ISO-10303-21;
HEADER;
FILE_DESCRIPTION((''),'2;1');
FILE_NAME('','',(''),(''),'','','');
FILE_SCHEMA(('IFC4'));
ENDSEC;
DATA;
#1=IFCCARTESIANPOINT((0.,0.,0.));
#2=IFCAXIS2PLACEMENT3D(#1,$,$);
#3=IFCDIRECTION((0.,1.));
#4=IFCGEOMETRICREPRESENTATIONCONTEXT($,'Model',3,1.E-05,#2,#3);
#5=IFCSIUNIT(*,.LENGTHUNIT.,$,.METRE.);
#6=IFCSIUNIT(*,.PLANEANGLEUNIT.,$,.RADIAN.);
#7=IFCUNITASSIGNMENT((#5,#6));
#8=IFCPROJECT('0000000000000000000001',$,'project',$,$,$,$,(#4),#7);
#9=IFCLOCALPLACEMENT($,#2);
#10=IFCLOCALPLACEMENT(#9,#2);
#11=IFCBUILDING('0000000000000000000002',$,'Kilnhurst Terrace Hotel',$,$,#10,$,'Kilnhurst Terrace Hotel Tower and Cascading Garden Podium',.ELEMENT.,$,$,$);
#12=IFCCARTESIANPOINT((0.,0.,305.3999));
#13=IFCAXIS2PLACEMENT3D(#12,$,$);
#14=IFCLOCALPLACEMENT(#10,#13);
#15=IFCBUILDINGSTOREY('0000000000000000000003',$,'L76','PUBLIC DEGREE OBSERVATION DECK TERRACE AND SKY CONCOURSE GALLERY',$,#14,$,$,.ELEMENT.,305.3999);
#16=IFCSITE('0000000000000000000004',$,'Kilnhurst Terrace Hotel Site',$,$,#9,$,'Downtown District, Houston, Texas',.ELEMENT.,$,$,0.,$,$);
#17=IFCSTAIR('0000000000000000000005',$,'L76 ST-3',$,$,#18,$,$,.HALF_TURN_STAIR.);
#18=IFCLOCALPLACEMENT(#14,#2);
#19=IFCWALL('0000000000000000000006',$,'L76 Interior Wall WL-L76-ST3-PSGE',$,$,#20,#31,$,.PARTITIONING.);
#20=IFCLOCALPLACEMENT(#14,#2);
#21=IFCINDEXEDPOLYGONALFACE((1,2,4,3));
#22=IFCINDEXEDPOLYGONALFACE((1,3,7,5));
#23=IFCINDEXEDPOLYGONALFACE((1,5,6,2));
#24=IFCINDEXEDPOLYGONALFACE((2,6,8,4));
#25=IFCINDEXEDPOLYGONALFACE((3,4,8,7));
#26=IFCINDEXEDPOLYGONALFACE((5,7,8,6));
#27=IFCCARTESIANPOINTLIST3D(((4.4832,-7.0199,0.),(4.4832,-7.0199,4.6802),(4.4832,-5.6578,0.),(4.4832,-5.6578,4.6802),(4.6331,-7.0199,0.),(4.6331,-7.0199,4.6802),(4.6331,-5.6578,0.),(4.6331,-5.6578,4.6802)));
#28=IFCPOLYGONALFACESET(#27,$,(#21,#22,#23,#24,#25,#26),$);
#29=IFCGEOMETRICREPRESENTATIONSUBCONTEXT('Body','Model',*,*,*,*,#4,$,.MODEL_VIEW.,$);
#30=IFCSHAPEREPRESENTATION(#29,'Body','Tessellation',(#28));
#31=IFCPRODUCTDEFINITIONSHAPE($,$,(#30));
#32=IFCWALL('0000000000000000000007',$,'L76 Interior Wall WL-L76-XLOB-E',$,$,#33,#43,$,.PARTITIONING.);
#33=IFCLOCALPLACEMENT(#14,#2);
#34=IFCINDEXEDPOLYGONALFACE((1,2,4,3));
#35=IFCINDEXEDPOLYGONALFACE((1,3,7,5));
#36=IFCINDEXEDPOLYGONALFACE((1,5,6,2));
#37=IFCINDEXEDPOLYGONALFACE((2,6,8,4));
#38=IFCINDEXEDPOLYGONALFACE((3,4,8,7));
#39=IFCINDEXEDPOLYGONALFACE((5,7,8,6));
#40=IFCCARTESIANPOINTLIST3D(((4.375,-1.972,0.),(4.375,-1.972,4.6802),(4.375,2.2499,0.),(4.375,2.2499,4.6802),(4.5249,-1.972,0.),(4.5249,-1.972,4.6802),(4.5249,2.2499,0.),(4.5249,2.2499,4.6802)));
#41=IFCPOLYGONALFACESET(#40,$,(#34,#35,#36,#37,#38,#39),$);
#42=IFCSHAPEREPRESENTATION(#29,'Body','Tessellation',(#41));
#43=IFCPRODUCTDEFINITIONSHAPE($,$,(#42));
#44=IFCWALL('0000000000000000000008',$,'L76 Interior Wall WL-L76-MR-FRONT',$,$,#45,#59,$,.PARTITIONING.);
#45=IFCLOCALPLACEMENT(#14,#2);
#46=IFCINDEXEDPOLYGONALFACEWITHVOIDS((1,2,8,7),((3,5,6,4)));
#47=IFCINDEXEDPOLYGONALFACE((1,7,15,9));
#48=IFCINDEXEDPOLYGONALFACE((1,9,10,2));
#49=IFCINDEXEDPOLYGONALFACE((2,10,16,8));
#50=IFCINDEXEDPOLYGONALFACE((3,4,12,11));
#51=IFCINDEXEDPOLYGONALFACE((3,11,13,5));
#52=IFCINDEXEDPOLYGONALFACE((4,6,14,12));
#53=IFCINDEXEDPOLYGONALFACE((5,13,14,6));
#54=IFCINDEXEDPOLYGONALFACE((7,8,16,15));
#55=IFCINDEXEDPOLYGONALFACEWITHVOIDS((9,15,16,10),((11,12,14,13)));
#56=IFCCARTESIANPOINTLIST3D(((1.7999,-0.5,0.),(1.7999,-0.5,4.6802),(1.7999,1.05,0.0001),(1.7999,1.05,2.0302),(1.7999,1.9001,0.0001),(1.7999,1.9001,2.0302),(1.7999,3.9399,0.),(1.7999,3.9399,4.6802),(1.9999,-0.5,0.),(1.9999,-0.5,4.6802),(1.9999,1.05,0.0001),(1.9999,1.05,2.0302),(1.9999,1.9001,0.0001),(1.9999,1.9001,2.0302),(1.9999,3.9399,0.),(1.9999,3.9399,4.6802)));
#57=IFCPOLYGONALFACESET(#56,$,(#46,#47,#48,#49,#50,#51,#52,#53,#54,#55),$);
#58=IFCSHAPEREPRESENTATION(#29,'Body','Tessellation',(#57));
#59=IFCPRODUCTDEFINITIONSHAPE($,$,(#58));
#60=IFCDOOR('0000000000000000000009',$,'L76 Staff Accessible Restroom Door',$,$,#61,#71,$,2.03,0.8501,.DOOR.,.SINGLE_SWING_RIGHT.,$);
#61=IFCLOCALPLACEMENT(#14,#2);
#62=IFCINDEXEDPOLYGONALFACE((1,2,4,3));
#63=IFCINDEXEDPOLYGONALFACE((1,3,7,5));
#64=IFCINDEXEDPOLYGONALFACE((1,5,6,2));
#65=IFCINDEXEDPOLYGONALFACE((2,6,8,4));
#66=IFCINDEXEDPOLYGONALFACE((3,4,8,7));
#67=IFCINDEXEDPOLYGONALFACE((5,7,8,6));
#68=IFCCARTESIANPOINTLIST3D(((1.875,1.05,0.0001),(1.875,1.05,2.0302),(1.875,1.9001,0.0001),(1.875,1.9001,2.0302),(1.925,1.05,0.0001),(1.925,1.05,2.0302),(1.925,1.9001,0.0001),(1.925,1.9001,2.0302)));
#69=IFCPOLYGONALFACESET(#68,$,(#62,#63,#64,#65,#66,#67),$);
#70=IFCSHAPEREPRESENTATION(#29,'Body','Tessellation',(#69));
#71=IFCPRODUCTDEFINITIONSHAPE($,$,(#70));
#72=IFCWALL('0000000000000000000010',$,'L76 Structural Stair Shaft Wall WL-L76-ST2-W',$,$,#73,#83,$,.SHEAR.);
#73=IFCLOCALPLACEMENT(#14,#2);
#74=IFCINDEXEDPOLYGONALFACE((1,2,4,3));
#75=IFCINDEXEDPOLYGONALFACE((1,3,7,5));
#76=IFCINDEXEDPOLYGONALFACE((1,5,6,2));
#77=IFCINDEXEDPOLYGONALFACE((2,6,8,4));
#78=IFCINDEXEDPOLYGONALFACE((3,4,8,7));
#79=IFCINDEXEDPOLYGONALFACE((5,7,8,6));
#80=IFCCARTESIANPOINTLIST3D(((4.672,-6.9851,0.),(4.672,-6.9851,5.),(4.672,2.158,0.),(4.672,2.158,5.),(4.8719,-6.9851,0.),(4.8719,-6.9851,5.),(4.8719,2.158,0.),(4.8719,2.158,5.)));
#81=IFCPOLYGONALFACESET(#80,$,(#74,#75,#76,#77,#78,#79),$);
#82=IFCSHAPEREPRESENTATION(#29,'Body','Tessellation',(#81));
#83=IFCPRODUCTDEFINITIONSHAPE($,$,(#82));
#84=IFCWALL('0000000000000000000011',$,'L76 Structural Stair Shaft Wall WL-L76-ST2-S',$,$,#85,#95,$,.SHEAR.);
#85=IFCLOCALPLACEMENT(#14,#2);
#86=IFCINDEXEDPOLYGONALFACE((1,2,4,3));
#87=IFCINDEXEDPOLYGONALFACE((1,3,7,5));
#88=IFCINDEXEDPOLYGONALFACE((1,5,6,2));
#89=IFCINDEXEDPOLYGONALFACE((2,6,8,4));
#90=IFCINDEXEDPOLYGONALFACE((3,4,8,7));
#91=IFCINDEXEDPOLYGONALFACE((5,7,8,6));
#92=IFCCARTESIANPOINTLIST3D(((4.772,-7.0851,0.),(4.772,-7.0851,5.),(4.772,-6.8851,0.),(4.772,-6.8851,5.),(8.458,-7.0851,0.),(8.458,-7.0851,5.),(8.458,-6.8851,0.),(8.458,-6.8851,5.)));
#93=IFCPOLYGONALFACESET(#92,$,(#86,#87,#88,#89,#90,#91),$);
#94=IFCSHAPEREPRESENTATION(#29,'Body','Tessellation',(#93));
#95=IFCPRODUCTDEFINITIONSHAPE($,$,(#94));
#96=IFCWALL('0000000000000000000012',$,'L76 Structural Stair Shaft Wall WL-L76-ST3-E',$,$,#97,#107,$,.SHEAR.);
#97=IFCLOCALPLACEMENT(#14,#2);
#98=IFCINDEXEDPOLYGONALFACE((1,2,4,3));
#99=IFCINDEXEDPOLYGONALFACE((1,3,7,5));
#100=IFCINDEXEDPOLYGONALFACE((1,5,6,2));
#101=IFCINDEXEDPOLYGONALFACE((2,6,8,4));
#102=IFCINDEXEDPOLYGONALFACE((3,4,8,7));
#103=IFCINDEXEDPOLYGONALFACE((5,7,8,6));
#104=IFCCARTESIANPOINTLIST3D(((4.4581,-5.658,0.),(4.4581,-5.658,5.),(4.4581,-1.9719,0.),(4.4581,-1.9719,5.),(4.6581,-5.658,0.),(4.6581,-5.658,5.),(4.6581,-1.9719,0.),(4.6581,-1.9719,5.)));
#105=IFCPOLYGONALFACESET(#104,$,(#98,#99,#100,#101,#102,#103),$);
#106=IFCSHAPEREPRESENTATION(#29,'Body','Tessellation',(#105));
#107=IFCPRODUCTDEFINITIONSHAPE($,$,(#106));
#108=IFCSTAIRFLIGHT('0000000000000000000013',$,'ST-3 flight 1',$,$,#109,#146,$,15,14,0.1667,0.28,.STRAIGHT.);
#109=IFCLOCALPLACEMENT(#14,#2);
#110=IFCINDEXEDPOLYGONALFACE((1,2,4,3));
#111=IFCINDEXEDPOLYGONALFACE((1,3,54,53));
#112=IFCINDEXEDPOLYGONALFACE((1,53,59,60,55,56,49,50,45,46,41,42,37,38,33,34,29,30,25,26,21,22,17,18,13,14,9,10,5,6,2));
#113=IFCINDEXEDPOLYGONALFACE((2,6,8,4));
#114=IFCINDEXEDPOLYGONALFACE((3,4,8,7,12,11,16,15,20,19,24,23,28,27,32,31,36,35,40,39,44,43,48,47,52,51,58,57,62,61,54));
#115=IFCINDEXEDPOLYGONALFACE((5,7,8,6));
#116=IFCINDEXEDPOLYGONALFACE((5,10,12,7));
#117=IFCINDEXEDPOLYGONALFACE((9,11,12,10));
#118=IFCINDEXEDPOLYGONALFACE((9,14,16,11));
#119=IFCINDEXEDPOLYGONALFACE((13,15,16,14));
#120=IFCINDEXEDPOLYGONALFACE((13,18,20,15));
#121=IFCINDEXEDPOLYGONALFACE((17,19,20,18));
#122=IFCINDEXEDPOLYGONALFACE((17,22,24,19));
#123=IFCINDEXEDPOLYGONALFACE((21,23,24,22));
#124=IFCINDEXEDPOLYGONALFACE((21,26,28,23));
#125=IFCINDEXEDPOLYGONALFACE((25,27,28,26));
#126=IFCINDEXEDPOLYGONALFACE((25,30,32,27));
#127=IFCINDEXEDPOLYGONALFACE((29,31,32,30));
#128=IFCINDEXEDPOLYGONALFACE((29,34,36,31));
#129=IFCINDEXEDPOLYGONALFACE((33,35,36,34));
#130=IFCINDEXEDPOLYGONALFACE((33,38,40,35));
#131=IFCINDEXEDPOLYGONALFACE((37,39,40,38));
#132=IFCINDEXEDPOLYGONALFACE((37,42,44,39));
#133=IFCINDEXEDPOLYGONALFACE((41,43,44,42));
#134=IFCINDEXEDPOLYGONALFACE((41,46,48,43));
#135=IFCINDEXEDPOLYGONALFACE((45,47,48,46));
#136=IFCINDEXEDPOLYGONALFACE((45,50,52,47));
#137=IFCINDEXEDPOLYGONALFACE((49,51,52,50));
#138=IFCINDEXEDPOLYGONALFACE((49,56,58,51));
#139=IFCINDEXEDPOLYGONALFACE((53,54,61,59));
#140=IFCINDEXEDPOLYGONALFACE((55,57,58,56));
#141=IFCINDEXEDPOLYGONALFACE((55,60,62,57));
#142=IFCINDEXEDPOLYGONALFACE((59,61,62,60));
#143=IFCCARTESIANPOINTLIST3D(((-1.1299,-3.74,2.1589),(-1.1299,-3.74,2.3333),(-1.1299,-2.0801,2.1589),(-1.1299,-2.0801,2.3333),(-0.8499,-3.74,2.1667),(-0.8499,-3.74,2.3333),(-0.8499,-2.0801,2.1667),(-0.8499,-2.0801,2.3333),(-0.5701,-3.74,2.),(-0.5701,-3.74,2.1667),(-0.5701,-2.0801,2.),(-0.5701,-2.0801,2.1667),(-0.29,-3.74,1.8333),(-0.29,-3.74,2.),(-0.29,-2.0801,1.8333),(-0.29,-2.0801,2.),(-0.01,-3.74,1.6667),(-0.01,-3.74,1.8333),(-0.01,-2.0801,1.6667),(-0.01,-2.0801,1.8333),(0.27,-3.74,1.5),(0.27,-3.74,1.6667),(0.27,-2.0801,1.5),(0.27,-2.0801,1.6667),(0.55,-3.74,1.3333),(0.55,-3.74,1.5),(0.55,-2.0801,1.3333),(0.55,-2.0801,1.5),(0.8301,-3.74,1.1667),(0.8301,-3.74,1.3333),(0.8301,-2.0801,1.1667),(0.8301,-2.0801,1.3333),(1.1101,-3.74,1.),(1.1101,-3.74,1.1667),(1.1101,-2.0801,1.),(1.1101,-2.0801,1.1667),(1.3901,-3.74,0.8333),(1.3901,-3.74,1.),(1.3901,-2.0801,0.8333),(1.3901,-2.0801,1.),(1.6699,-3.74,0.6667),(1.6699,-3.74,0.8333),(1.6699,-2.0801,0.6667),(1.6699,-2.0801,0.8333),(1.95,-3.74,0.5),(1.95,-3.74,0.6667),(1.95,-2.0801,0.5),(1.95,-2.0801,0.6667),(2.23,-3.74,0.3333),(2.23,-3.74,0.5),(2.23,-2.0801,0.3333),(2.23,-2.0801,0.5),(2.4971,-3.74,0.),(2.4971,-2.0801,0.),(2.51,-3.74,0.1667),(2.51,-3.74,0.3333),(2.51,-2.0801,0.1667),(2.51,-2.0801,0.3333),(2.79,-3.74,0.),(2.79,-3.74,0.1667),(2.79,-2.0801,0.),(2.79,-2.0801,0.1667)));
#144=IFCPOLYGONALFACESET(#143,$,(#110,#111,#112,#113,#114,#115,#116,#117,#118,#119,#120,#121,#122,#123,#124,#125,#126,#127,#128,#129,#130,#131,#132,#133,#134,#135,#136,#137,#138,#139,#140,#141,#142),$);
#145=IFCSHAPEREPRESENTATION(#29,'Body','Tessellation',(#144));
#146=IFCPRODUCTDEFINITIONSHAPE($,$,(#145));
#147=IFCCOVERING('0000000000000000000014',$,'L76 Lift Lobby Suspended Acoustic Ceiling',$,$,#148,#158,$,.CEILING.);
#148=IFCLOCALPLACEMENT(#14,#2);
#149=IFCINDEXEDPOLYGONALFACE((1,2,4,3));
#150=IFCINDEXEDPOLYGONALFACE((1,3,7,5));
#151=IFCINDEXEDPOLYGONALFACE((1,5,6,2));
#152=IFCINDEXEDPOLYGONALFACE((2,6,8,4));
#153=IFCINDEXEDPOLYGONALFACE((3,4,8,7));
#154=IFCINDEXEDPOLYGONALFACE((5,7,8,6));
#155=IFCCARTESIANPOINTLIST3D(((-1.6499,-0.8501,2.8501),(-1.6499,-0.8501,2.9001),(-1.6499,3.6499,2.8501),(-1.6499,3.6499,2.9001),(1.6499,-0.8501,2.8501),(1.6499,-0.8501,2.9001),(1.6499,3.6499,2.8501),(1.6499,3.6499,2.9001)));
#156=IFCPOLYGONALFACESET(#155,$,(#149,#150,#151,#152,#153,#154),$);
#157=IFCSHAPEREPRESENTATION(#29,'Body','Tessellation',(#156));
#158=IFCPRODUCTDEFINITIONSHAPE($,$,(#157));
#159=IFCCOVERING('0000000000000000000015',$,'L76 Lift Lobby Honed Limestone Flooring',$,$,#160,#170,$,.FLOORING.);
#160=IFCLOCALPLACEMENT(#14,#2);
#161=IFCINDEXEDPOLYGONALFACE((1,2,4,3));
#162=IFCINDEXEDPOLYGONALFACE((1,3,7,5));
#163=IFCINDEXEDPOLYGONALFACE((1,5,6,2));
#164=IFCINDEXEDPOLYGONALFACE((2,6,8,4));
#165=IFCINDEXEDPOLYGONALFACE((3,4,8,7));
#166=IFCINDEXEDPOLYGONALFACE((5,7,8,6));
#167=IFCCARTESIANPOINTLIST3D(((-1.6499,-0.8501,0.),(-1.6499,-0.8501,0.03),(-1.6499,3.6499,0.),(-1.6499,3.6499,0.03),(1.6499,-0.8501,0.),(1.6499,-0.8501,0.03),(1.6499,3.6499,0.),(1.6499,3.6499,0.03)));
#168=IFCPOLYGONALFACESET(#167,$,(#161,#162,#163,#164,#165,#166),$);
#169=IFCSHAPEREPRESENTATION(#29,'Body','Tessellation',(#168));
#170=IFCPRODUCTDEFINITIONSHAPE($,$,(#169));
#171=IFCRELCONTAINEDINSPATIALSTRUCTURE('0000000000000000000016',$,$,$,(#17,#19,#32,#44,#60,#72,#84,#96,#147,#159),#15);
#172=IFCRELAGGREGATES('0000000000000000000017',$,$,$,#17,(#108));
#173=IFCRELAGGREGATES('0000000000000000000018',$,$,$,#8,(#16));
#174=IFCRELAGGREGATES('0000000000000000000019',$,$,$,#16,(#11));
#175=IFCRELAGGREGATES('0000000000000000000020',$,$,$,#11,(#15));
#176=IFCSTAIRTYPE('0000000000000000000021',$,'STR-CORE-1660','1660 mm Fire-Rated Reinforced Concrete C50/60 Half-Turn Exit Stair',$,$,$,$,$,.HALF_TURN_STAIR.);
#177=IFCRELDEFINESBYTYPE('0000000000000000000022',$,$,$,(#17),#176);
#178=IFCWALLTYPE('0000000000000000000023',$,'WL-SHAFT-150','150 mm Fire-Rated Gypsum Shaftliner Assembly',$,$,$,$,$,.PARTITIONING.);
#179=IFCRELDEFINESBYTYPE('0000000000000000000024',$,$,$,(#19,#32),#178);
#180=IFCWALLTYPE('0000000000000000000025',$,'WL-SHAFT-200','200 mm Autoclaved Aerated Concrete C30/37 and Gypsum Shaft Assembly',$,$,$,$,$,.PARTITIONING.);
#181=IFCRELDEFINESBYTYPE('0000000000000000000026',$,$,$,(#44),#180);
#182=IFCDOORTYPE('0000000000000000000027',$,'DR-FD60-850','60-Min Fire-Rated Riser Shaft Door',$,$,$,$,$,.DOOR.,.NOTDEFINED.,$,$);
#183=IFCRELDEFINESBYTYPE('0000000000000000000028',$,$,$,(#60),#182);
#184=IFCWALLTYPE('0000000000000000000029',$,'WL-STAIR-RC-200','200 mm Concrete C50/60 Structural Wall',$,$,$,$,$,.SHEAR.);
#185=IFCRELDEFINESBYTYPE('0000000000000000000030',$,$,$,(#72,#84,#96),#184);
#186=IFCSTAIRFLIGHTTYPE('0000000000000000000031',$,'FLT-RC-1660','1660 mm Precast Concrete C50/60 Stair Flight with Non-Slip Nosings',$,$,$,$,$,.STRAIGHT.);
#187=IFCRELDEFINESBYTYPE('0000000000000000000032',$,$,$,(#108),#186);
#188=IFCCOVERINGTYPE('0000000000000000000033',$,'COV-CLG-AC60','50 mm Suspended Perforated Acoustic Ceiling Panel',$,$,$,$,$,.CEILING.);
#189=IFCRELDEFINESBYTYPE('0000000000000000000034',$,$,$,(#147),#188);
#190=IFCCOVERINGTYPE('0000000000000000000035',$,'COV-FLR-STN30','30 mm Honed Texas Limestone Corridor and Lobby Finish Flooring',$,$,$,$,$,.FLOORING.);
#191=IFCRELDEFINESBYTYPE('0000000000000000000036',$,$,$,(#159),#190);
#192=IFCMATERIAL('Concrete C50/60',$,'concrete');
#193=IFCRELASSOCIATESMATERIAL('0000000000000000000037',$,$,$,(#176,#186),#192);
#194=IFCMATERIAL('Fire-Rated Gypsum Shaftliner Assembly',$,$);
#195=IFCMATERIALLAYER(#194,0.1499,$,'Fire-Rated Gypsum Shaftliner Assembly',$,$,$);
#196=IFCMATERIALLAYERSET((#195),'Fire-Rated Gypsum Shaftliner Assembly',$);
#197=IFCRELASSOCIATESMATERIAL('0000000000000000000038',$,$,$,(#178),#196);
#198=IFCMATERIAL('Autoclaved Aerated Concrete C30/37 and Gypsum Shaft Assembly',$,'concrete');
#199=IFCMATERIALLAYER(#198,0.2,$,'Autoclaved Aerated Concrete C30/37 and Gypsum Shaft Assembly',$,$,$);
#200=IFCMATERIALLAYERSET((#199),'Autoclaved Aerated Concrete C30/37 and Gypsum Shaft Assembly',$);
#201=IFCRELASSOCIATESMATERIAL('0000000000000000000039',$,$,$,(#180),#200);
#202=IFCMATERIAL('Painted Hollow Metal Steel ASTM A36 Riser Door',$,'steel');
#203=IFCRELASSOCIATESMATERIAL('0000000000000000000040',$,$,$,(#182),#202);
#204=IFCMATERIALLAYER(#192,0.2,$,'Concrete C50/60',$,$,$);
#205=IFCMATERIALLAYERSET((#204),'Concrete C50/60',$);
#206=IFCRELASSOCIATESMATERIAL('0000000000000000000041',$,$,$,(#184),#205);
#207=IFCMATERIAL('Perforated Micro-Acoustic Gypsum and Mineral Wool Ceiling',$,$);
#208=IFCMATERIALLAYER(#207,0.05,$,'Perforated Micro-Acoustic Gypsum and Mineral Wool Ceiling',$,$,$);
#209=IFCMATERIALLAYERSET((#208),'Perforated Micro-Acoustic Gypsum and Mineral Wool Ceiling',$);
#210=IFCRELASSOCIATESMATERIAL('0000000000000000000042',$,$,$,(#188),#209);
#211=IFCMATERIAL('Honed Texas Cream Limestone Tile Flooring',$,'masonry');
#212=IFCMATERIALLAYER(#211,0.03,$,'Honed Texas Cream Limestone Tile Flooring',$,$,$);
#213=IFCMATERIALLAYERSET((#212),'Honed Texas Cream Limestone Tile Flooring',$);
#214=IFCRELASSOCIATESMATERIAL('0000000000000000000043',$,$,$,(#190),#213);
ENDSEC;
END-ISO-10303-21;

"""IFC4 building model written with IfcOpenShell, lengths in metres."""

from ifc_helpers import new_model, si_unit, direction, frame, frame_2d, origin, place, context, subcontext, project, spatial, polyline, rectangle, outline, extrude, material, layer, layer_set, type_object, element, fill, aggregate, save


model = new_model("IFC4")

# Units and contexts
model_context = context("Model", 3, precision=1e-05, world=origin(), true_north=direction((0.0, 1.0)))
body_context = subcontext(model_context, "Body", "Model", "MODEL_VIEW")
ifc_project = project(units=[si_unit("LENGTHUNIT", "METRE"), si_unit("PLANEANGLEUNIT", "RADIAN")], contexts=[model_context])

# Site, building, storey
site_placement = place(None, origin())
site = spatial("IfcSite", under=ifc_project, at=site_placement, Name="Kilnhurst Terrace Hotel Site", LongName="Downtown District, Houston, Texas", CompositionType="ELEMENT", RefElevation=0.0)
building_placement = place(site_placement, origin())
building = spatial("IfcBuilding", under=site, at=building_placement, Name="Kilnhurst Terrace Hotel", LongName="Kilnhurst Terrace Hotel Tower and Cascading Garden Podium", CompositionType="ELEMENT")
storey_placement = place(building_placement, frame((0.0, 0.0, 305.3999)))
storey = spatial("IfcBuildingStorey", under=building, at=storey_placement, Name="L76", Description="PUBLIC DEGREE OBSERVATION DECK TERRACE AND SKY CONCOURSE GALLERY", CompositionType="ELEMENT", Elevation=305.3999)

# Shared definitions
ifc_material_1 = material(Name="Concrete C50/60", Category="concrete")

# Stair
stair_type = type_object("IfcStairType", Name="STR-CORE-1660", Description="1660 mm Fire-Rated Reinforced Concrete C50/60 Half-Turn Exit Stair", PredefinedType="HALF_TURN_STAIR", material=ifc_material_1)
stair_1_placement = place(storey_placement, origin())
stair_1 = element("IfcStair", 1, at=stair_1_placement, inside=storey, type_object=stair_type, Name="L76 ST-3", PredefinedType="HALF_TURN_STAIR")

# Walls
ifc_material_2 = material(Name="Fire-Rated Gypsum Shaftliner Assembly")
ifc_layer_1 = layer(ifc_material_2, 0.1499, Name="Fire-Rated Gypsum Shaftliner Assembly")
ifc_layer_set_1 = layer_set([ifc_layer_1], Name="Fire-Rated Gypsum Shaftliner Assembly")
wall_type_1 = type_object("IfcWallType", Name="WL-SHAFT-150", Description="150 mm Fire-Rated Gypsum Shaftliner Assembly", PredefinedType="PARTITIONING", material=ifc_layer_set_1)
wall_1_placement = place(storey_placement, frame((4.5581, -7.02, 0.0), z_axis=(0.0, 0.0, 1.0), x_axis=(0.0, 1.0, 0.0)))
element("IfcWall", 2, at=wall_1_placement, inside=storey, type_object=wall_type_1, Name="L76 Interior Wall WL-L76-ST3-PSGE", PredefinedType="PARTITIONING", context=body_context, shape_type="SweptSolid", body=[
    extrude(rectangle(XDim=1.3621, YDim=0.1499, at=frame_2d((0.6812, 0.0))), origin(), (0.0, 0.0, 1.0), 4.6802),
])
wall_2_placement = place(storey_placement, frame((4.45, -1.9719, 0.0), z_axis=(0.0, 0.0, 1.0), x_axis=(0.0, 1.0, 0.0)))
element("IfcWall", 3, at=wall_2_placement, inside=storey, type_object=wall_type_1, Name="L76 Interior Wall WL-L76-XLOB-E", PredefinedType="PARTITIONING", context=body_context, shape_type="SweptSolid", body=[
    extrude(rectangle(XDim=4.2219, YDim=0.1499, at=frame_2d((2.1108, 0.0))), origin(), (0.0, 0.0, 1.0), 4.6802),
])

# Wall, opening, door
ifc_material_3 = material(Name="Autoclaved Aerated Concrete C30/37 and Gypsum Shaft Assembly", Category="concrete")
ifc_layer_2 = layer(ifc_material_3, 0.2, Name="Autoclaved Aerated Concrete C30/37 and Gypsum Shaft Assembly")
ifc_layer_set_2 = layer_set([ifc_layer_2], Name="Autoclaved Aerated Concrete C30/37 and Gypsum Shaft Assembly")
wall_type_2 = type_object("IfcWallType", Name="WL-SHAFT-200", Description="200 mm Autoclaved Aerated Concrete C30/37 and Gypsum Shaft Assembly", PredefinedType="PARTITIONING", material=ifc_layer_set_2)
wall_3_placement = place(storey_placement, frame((1.8999, -0.5, 0.0), z_axis=(0.0, 0.0, 1.0), x_axis=(0.0, 1.0, 0.0)))
wall_3 = element("IfcWall", 4, at=wall_3_placement, inside=storey, type_object=wall_type_2, Name="L76 Interior Wall WL-L76-MR-FRONT", PredefinedType="PARTITIONING", context=body_context, shape_type="SweptSolid", body=[
    extrude(rectangle(XDim=4.4399, YDim=0.2, at=frame_2d((2.22, 0.0))), origin(), (0.0, 0.0, 1.0), 4.6802),
])
opening_1_placement = place(wall_3_placement, frame((1.55, 0.0, 0.0)))
opening_1 = element("IfcOpeningElement", 5, at=opening_1_placement, cuts=wall_3, PredefinedType="OPENING", context=body_context, shape_type="SweptSolid", body=[
    extrude(rectangle(XDim=0.8501, YDim=2.03, at=frame_2d((0.425, 1.0151))), frame((0.0, 0.1099, 0.0), z_axis=(0.0, -1.0, 0.0), x_axis=(1.0, 0.0, 0.0)), (0.0, 0.0, 1.0), 0.22),
])
ifc_material_4 = material(Name="Painted Hollow Metal Steel ASTM A36 Riser Door", Category="steel")
door_type_1 = type_object("IfcDoorType", Name="DR-FD60-850", Description="60-Min Fire-Rated Riser Shaft Door", OperationType="NOTDEFINED", PredefinedType="DOOR", material=ifc_material_4)
door_1_placement = place(opening_1_placement, origin())
door_1 = element("IfcDoor", 6, at=door_1_placement, inside=storey, type_object=door_type_1, Name="L76 Staff Accessible Restroom Door", OperationType="SINGLE_SWING_RIGHT", OverallHeight=2.03, OverallWidth=0.8501, PredefinedType="DOOR", context=body_context, shape_type="SweptSolid", body=[
    extrude(rectangle(XDim=0.8501, YDim=2.03, at=frame_2d((0.425, 1.0151))), frame((0.0, 0.0249, 0.0), z_axis=(0.0, -1.0, 0.0), x_axis=(1.0, 0.0, 0.0)), (0.0, 0.0, 1.0), 0.05),
])
fill(opening_1, door_1)

# Walls
ifc_layer_3 = layer(ifc_material_1, 0.2, Name="Concrete C50/60")
ifc_layer_set_3 = layer_set([ifc_layer_3], Name="Concrete C50/60")
wall_type_3 = type_object("IfcWallType", Name="WL-STAIR-RC-200", Description="200 mm Concrete C50/60 Structural Wall", PredefinedType="SHEAR", material=ifc_layer_set_3)
wall_4_placement = place(storey_placement, frame((4.772, -6.9851, 0.0), z_axis=(0.0, 0.0, 1.0), x_axis=(0.0, 1.0, 0.0)))
element("IfcWall", 7, at=wall_4_placement, inside=storey, type_object=wall_type_3, Name="L76 Structural Stair Shaft Wall WL-L76-ST2-W", PredefinedType="SHEAR", context=body_context, shape_type="SweptSolid", body=[
    extrude(rectangle(XDim=9.1431, YDim=0.2, at=frame_2d((4.5715, 0.0))), origin(), (0.0, 0.0, 1.0), 5.0),
])
for number, where, z_axis, x_axis, name in (
    (8, (4.772, -6.9851, 0.0), (0.0, 0.0, 1.0), (1.0, 0.0, 0.0), "L76 Structural Stair Shaft Wall WL-L76-ST2-S"),
    (9, (4.5581, -5.658, 0.0), (0.0, 0.0, 1.0), (0.0, 1.0, 0.0), "L76 Structural Stair Shaft Wall WL-L76-ST3-E"),
):
    element("IfcWall", number, at=place(storey_placement, frame(where, z_axis=z_axis, x_axis=x_axis)), inside=storey, type_object=wall_type_3, Name=name, PredefinedType="SHEAR", context=body_context, shape_type="SweptSolid", body=[
        extrude(rectangle(XDim=3.686, YDim=0.2, at=frame_2d((1.843, 0.0))), origin(), (0.0, 0.0, 1.0), 5.0),
    ])

# Stair flight
stair_flight_type = type_object("IfcStairFlightType", Name="FLT-RC-1660", Description="1660 mm Precast Concrete C50/60 Stair Flight with Non-Slip Nosings", PredefinedType="STRAIGHT", material=ifc_material_1)
stair_flight_placement = place(storey_placement, frame((2.79, -2.9099, 0.0), z_axis=(0.0, 0.0, 1.0), x_axis=(-1.0, 0.0, 0.0)))
stair_flight = element("IfcStairFlight", 10, at=stair_flight_placement, type_object=stair_flight_type, Name="ST-3 flight 1", NumberOfRisers=15, NumberOfTreads=14, PredefinedType="STRAIGHT", RiserHeight=0.1667, TreadLength=0.28, context=body_context, shape_type="SweptSolid", body=[
    extrude(outline(polyline([(0.0, 0.0), (0.0, 0.1667), (0.28, 0.1667), (0.28, 0.3333), (0.5601, 0.3333), (0.5601, 0.5), (0.8401, 0.5), (0.8401, 0.6667), (1.1201, 0.6667), (1.1201, 0.8333), (1.3999, 0.8333), (1.3999, 1.0), (1.6799, 1.0), (1.6799, 1.1667), (1.96, 1.1667), (1.96, 1.3333), (2.24, 1.3333), (2.24, 1.5), (2.52, 1.5), (2.52, 1.6667), (2.8, 1.6667), (2.8, 1.8333), (3.0801, 1.8333), (3.0801, 2.0), (3.3601, 2.0), (3.3601, 2.1667), (3.6399, 2.1667), (3.6399, 2.3333), (3.9199, 2.3333), (3.9199, 2.5), (3.9199, 2.1589), (0.293, 0.0), (0.0, 0.0)])), frame((0.0, 0.8301, 0.0), z_axis=(0.0, -1.0, 0.0), x_axis=(1.0, 0.0, 0.0)), (0.0, 0.0, 1.0), 1.6599),
])
aggregate(stair_1, [stair_flight])

# Coverings
ifc_material_5 = material(Name="Perforated Micro-Acoustic Gypsum and Mineral Wool Ceiling")
ifc_layer_4 = layer(ifc_material_5, 0.05, Name="Perforated Micro-Acoustic Gypsum and Mineral Wool Ceiling")
ifc_layer_set_4 = layer_set([ifc_layer_4], Name="Perforated Micro-Acoustic Gypsum and Mineral Wool Ceiling")
covering_type_1 = type_object("IfcCoveringType", Name="COV-CLG-AC60", Description="50 mm Suspended Perforated Acoustic Ceiling Panel", PredefinedType="CEILING", material=ifc_layer_set_4)
covering_1_placement = place(storey_placement, frame((0.0, 0.0, 2.8501)))
element("IfcCovering", 11, at=covering_1_placement, inside=storey, type_object=covering_type_1, Name="L76 Lift Lobby Suspended Acoustic Ceiling", PredefinedType="CEILING", context=body_context, shape_type="SweptSolid", body=[
    extrude(outline(polyline([(-1.6499, -0.8501), (1.6499, -0.8501), (1.6499, 3.6499), (-1.6499, 3.6499), (-1.6499, -0.8501)])), origin(), (0.0, 0.0, 1.0), 0.05),
])
ifc_material_6 = material(Name="Honed Texas Cream Limestone Tile Flooring", Category="masonry")
ifc_layer_5 = layer(ifc_material_6, 0.03, Name="Honed Texas Cream Limestone Tile Flooring")
ifc_layer_set_5 = layer_set([ifc_layer_5], Name="Honed Texas Cream Limestone Tile Flooring")
covering_type_2 = type_object("IfcCoveringType", Name="COV-FLR-STN30", Description="30 mm Honed Texas Limestone Corridor and Lobby Finish Flooring", PredefinedType="FLOORING", material=ifc_layer_set_5)
covering_2_placement = place(storey_placement, origin())
element("IfcCovering", 12, at=covering_2_placement, inside=storey, type_object=covering_type_2, Name="L76 Lift Lobby Honed Limestone Flooring", PredefinedType="FLOORING", context=body_context, shape_type="SweptSolid", body=[
    extrude(outline(polyline([(-1.6499, -0.8501), (1.6499, -0.8501), (1.6499, 3.6499), (-1.6499, 3.6499), (-1.6499, -0.8501)])), origin(), (0.0, 0.0, 1.0), 0.03),
])

save(model, "model.ifc")
